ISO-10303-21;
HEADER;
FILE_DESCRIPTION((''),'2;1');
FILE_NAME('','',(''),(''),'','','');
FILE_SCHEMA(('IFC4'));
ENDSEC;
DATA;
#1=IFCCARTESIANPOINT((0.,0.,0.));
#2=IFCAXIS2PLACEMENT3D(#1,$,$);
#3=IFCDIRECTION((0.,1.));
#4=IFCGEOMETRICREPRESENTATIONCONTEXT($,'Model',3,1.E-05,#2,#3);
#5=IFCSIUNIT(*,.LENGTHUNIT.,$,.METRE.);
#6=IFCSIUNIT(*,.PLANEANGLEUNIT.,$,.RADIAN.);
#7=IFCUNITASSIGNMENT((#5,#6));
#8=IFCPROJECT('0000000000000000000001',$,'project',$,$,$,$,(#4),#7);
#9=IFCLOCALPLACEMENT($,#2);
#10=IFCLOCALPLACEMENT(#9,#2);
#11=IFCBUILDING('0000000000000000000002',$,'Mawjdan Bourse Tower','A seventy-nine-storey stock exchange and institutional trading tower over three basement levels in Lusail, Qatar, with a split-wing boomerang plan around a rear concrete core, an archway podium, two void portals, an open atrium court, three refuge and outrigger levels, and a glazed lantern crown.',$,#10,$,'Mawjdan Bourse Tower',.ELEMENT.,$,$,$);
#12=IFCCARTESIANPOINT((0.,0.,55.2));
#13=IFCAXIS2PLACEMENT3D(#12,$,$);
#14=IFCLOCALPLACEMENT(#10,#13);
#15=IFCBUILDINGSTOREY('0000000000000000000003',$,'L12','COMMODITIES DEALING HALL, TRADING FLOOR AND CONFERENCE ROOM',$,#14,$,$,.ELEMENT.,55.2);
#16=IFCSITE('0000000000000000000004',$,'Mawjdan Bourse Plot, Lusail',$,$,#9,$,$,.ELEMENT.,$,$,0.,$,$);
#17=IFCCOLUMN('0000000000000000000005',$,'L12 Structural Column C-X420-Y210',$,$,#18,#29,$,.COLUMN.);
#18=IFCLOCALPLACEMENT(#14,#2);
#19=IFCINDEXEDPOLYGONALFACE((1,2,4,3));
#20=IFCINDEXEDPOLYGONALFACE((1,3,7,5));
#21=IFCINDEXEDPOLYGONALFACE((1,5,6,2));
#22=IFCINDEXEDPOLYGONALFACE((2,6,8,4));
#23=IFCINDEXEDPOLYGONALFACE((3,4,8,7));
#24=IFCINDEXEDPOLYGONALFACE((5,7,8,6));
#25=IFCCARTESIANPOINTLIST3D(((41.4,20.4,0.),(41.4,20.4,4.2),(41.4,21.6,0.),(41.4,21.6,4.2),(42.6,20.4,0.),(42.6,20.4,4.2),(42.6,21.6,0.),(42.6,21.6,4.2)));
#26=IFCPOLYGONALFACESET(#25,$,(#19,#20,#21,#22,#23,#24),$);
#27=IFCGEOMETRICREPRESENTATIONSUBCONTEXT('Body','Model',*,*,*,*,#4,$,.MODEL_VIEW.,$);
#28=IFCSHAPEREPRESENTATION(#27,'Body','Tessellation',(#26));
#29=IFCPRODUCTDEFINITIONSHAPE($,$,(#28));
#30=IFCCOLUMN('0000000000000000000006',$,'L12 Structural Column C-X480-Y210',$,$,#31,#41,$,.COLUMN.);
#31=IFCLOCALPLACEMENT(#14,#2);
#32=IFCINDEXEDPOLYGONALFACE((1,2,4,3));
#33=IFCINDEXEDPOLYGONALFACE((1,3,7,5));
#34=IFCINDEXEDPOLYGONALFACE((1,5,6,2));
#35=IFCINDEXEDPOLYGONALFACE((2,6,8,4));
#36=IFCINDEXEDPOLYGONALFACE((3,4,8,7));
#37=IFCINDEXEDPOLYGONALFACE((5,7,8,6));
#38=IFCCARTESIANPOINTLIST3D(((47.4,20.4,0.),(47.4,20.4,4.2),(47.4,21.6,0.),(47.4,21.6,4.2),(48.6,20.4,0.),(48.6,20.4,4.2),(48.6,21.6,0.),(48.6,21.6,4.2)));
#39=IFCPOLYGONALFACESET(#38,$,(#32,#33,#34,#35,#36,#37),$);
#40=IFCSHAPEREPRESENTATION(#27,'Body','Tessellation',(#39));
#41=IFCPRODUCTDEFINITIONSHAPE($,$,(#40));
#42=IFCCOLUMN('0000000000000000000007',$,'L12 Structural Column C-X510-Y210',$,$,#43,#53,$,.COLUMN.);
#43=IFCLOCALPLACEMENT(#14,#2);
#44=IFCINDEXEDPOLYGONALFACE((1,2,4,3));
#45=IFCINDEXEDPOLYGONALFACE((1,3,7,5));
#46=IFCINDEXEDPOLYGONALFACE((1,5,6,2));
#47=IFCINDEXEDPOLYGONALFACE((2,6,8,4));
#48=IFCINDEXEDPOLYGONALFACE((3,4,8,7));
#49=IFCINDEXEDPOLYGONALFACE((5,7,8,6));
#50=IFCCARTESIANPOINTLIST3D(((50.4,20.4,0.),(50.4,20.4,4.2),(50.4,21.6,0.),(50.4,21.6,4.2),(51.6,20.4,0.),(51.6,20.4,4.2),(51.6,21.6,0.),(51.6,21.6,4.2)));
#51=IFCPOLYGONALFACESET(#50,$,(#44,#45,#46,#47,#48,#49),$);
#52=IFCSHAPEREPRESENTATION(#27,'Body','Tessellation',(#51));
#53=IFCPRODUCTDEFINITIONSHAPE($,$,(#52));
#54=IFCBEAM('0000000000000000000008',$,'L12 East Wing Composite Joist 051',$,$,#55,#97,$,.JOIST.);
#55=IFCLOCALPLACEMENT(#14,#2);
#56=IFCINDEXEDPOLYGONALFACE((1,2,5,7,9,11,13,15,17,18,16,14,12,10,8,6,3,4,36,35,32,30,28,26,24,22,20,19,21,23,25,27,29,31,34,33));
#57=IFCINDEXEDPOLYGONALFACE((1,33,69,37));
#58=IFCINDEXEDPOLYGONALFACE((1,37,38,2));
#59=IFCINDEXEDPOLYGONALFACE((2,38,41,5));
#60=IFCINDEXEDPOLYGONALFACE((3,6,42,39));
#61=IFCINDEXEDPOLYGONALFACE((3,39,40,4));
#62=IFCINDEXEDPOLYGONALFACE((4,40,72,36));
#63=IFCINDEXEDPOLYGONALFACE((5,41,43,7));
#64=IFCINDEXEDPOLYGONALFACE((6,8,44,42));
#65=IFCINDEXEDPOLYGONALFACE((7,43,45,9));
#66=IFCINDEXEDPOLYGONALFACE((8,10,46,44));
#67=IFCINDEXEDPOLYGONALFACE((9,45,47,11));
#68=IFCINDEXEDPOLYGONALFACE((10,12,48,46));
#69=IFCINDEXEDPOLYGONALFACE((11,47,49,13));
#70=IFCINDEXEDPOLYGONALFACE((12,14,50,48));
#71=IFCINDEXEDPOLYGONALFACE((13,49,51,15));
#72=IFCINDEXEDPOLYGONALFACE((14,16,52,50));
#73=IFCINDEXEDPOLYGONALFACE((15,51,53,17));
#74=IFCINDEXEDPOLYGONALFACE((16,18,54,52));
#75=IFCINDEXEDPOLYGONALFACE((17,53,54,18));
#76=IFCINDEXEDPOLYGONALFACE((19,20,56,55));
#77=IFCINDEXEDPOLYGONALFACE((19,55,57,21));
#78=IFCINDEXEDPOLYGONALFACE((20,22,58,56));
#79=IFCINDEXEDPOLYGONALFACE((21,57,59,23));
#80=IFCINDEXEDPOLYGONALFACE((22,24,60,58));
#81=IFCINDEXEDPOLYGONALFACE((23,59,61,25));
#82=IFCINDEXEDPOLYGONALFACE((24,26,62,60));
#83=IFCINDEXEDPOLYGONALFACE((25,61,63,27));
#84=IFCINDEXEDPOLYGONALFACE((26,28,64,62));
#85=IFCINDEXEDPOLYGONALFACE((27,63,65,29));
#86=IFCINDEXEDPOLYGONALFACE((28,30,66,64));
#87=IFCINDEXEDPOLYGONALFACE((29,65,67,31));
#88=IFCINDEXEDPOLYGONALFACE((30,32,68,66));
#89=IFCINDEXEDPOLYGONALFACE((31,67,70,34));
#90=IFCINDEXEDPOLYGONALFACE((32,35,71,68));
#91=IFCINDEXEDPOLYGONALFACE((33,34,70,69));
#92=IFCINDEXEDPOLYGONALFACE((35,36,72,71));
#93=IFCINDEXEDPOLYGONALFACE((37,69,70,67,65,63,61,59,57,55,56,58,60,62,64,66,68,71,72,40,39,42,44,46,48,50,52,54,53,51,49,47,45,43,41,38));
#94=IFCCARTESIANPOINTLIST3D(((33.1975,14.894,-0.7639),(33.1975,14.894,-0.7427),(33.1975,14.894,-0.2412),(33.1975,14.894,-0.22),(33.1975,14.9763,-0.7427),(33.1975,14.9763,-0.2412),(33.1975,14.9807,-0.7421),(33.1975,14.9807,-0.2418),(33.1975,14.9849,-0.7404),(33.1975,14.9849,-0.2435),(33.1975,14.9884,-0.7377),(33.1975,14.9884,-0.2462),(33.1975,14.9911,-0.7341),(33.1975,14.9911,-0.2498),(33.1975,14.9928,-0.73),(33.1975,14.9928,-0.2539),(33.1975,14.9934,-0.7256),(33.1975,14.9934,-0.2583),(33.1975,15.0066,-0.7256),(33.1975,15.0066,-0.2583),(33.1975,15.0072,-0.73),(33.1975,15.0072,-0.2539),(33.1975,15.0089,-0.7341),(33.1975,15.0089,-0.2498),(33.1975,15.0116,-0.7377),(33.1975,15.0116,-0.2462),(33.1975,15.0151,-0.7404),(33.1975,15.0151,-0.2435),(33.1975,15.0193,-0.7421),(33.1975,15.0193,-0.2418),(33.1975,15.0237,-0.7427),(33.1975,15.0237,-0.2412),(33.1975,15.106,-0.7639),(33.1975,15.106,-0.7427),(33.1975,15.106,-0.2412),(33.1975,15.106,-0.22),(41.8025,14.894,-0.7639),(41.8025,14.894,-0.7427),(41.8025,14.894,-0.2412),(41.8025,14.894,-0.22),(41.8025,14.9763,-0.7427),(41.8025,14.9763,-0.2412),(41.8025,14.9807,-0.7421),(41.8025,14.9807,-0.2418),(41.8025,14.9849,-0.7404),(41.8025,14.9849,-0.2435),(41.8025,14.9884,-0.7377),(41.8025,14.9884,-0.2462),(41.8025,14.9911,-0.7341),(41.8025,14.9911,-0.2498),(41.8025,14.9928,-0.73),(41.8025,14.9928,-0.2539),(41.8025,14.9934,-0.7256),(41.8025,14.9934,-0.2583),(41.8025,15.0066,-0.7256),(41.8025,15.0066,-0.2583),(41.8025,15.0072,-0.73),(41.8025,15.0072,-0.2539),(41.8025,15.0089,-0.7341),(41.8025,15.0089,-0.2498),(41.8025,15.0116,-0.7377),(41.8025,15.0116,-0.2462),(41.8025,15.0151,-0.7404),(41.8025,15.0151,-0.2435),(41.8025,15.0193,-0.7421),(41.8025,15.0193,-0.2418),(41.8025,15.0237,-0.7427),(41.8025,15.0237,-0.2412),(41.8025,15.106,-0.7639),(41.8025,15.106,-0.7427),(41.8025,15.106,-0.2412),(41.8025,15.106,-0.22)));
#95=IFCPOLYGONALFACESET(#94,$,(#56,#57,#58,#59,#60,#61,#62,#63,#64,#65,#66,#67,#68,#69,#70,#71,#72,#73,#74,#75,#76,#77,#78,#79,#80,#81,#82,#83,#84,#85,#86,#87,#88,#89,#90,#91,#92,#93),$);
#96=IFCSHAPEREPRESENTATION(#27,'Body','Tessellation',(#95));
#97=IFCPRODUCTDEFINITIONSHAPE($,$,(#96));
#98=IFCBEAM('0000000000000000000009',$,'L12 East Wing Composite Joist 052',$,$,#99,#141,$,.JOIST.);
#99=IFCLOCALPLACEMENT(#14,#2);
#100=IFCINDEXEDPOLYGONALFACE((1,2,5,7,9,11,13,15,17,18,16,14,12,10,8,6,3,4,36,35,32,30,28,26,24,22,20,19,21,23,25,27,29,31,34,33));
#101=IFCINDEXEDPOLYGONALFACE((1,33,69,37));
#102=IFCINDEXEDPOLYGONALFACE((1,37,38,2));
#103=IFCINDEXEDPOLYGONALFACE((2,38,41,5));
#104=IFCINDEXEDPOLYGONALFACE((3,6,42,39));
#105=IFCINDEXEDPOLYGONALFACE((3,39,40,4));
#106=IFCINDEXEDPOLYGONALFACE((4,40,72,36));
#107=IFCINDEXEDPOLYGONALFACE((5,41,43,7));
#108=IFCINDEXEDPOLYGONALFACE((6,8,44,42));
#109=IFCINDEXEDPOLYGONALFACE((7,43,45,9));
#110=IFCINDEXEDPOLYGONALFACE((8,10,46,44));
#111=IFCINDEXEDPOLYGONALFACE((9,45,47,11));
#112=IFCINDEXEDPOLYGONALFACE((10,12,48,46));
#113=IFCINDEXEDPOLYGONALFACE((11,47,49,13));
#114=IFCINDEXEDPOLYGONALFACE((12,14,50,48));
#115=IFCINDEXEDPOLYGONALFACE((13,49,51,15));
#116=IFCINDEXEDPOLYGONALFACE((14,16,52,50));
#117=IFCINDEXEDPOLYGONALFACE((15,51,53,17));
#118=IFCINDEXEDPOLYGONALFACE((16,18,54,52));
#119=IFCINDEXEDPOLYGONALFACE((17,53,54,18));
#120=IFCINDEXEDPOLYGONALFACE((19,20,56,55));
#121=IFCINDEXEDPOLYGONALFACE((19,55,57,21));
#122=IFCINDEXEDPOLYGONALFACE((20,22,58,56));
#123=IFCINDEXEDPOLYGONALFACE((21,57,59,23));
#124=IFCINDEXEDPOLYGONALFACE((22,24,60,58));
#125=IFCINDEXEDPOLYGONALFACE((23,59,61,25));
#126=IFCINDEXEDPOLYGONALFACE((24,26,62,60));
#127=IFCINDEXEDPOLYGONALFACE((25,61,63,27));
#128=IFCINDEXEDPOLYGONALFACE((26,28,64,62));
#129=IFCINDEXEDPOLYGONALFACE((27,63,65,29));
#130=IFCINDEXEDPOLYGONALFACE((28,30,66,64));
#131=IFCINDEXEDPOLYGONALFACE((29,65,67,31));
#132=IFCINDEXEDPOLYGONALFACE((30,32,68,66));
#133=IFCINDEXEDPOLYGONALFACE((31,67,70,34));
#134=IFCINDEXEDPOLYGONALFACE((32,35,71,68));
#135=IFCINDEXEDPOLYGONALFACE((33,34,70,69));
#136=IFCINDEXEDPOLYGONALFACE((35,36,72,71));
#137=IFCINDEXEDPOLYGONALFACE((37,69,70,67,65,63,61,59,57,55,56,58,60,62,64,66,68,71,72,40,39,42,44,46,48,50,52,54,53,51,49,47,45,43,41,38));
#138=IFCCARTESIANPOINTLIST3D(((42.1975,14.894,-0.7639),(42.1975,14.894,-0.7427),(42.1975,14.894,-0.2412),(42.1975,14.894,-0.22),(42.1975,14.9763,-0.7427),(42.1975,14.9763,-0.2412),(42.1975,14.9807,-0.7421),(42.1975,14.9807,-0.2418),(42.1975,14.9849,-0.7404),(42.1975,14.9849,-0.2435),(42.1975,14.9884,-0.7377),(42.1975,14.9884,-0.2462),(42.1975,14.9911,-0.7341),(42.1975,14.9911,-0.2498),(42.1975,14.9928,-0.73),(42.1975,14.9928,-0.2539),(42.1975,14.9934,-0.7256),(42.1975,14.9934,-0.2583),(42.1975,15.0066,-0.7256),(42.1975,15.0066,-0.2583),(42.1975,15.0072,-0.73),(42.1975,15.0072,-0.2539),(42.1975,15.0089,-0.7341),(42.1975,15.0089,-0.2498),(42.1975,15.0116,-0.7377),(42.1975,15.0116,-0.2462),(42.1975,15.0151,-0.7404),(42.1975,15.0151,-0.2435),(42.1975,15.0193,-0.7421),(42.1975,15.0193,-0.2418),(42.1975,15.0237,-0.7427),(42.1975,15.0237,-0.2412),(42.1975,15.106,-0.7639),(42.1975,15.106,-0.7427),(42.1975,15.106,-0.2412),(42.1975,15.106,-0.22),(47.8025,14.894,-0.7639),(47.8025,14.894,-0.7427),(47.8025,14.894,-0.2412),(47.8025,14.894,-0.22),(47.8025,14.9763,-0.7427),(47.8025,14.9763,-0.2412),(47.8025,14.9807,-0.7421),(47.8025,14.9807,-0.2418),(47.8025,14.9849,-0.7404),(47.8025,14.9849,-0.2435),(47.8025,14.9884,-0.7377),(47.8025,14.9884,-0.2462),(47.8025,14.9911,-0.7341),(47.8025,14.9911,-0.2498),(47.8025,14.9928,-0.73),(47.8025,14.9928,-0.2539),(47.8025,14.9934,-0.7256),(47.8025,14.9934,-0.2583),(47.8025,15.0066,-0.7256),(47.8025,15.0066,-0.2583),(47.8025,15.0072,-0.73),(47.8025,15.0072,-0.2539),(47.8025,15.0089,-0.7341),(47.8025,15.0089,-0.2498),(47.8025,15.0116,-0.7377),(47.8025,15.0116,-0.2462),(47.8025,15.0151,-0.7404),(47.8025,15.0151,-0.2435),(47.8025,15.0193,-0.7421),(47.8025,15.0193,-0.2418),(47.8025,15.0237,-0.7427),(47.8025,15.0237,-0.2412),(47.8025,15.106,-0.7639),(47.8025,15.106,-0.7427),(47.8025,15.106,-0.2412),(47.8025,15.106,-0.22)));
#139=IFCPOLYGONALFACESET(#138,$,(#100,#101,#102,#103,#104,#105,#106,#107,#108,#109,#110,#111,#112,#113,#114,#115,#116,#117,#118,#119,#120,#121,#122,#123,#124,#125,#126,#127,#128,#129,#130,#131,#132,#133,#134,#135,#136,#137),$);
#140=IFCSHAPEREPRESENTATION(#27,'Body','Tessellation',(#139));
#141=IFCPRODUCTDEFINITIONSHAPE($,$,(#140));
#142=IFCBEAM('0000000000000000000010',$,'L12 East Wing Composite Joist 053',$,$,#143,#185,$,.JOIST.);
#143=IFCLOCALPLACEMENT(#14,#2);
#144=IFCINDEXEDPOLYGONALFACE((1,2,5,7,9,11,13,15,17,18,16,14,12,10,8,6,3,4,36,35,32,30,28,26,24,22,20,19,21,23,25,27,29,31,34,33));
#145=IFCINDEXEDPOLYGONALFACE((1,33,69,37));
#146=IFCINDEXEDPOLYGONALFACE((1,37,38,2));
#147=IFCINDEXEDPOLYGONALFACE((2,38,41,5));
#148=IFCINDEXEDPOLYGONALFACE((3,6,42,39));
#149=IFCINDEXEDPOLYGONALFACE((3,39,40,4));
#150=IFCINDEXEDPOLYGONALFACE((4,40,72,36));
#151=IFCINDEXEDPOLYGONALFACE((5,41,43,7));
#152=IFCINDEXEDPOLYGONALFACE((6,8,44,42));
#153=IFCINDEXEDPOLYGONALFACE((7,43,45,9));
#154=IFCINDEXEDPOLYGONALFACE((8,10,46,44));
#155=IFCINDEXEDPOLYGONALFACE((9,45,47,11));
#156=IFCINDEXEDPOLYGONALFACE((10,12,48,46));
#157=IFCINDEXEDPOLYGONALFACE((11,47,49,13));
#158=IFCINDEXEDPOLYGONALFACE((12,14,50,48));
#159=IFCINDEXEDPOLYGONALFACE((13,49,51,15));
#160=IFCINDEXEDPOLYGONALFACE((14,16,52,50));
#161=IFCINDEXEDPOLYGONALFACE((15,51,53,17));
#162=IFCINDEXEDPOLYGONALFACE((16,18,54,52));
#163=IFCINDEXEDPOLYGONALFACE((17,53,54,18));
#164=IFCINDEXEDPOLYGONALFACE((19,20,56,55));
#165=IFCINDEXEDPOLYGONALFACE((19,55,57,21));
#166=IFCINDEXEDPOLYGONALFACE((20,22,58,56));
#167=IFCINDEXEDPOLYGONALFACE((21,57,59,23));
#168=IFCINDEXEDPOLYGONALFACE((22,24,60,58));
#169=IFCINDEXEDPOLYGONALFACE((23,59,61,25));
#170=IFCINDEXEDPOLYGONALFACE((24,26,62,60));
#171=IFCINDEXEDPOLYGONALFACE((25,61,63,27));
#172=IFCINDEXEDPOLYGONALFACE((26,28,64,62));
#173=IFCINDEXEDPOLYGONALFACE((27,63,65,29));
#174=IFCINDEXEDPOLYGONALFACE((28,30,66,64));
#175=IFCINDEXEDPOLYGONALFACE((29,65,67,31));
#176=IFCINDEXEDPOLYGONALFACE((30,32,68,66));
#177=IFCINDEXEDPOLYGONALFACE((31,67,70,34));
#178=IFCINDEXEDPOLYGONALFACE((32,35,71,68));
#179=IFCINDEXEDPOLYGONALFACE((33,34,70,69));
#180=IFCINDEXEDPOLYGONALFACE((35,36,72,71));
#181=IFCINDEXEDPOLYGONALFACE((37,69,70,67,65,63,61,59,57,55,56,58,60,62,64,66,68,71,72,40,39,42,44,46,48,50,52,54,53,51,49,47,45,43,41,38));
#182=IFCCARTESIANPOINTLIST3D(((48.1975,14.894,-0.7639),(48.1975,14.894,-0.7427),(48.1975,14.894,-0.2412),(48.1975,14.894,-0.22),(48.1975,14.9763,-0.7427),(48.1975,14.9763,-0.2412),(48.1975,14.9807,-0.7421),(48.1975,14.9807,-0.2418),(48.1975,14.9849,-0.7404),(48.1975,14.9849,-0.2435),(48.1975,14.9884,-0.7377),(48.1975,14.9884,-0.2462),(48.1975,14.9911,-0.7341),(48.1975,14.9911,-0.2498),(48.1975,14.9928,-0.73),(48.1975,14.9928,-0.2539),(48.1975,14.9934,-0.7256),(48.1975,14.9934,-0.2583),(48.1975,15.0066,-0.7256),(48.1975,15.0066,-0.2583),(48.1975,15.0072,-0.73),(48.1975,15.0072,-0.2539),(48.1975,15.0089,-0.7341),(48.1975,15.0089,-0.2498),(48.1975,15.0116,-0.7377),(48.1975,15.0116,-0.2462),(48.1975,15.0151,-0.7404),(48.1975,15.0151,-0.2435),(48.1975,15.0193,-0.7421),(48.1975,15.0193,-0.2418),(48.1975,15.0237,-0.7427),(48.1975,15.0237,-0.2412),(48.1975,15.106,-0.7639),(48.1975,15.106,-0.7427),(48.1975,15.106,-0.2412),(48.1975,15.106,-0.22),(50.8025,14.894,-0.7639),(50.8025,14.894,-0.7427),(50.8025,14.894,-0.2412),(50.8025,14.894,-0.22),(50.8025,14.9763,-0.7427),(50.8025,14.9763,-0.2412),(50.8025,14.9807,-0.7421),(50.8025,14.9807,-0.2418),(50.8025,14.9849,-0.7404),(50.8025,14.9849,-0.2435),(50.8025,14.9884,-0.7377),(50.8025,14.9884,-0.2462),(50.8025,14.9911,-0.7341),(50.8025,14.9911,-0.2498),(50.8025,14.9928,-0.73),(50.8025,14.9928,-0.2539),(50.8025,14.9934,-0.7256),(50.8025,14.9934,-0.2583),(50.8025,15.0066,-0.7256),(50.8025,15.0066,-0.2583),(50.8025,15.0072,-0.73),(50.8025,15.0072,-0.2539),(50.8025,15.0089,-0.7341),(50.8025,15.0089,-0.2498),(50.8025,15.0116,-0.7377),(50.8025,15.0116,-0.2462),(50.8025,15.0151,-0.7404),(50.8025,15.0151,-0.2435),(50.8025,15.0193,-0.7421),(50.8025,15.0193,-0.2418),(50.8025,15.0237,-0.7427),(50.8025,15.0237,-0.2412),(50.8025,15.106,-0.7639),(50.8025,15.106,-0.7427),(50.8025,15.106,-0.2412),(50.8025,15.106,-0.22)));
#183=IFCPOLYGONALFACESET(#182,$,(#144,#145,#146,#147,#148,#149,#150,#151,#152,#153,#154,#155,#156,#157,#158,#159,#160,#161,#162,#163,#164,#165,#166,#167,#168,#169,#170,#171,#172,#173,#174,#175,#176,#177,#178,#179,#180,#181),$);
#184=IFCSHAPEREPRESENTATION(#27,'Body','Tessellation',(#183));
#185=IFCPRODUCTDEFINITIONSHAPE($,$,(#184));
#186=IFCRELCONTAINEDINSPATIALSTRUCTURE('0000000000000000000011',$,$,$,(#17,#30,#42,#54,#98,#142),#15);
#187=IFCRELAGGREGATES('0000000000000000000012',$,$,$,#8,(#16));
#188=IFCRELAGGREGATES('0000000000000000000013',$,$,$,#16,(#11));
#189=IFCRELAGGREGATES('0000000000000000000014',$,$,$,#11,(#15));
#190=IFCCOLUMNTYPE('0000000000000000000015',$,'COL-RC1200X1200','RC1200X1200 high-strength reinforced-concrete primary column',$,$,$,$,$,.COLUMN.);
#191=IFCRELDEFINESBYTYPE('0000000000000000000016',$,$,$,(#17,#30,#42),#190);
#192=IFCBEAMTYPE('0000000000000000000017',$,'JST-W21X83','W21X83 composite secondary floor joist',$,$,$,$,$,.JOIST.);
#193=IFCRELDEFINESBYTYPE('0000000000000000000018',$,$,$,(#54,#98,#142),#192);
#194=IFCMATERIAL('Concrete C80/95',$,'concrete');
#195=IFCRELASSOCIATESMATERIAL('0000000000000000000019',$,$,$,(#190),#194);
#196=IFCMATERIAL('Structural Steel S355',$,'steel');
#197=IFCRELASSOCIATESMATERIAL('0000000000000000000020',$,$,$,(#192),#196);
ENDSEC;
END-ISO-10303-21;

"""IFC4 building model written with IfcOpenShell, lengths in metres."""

from ifc_helpers import new_model, si_unit, direction, frame, origin, origin_2d, place, context, subcontext, project, spatial, rectangle, i_section, extrude, material, material_profile, profile_set, type_object, element, save


model = new_model("IFC4")

# Units and contexts
model_context = context("Model", 3, precision=1e-05, world=origin(), true_north=direction((0.0, 1.0)))
body_context = subcontext(model_context, "Body", "Model", "MODEL_VIEW")
ifc_project = project(units=[si_unit("LENGTHUNIT", "METRE"), si_unit("PLANEANGLEUNIT", "RADIAN")], contexts=[model_context])

# Site, building, storey
site_placement = place(None, origin())
site = spatial("IfcSite", under=ifc_project, at=site_placement, Name="Mawjdan Bourse Plot, Lusail", CompositionType="ELEMENT", RefElevation=0.0)
building_placement = place(site_placement, origin())
building = spatial("IfcBuilding", under=site, at=building_placement, Name="Mawjdan Bourse Tower", Description="A seventy-nine-storey stock exchange and institutional trading tower over three basement levels in Lusail, Qatar, with a split-wing boomerang plan around a rear concrete core, an archway podium, two void portals, an open atrium court, three refuge and outrigger levels, and a glazed lantern crown.", LongName="Mawjdan Bourse Tower", CompositionType="ELEMENT")
storey_placement = place(building_placement, frame((0.0, 0.0, 55.2)))
storey = spatial("IfcBuildingStorey", under=building, at=storey_placement, Name="L12", Description="COMMODITIES DEALING HALL, TRADING FLOOR AND CONFERENCE ROOM", CompositionType="ELEMENT", Elevation=55.2)

# Columns
ifc_material_1 = material(Name="Concrete C80/95", Category="concrete")
ifc_material_profile_1 = material_profile(ifc_material_1, rectangle(XDim=1.2, YDim=1.2, at=origin_2d()), Name="RC1200X1200")
ifc_profile_set_1 = profile_set([ifc_material_profile_1], Name="Concrete C80/95")
column_type = type_object("IfcColumnType", Name="COL-RC1200X1200", Description="RC1200X1200 high-strength reinforced-concrete primary column", PredefinedType="COLUMN", material=ifc_profile_set_1)
for number, where, z_axis, x_axis, name in (
    (1, (42.0, 21.0, 0.0), (0.0, 0.0, 1.0), (1.0, 0.0, 0.0), "L12 Structural Column C-X420-Y210"),
    (2, (48.0, 21.0, 0.0), (0.0, 0.0, 1.0), (1.0, 0.0, 0.0), "L12 Structural Column C-X480-Y210"),
    (3, (51.0, 21.0, 0.0), (0.0, 0.0, 1.0), (1.0, 0.0, 0.0), "L12 Structural Column C-X510-Y210"),
):
    element("IfcColumn", number, at=place(storey_placement, frame(where, z_axis=z_axis, x_axis=x_axis)), inside=storey, type_object=column_type, Name=name, PredefinedType="COLUMN", context=body_context, shape_type="SweptSolid", body=[
        extrude(rectangle(XDim=1.2, YDim=1.2, at=origin_2d()), origin(), (0.0, 0.0, 1.0), 4.2),
    ])

# Beams
ifc_material_2 = material(Name="Structural Steel S355", Category="steel")
ifc_material_profile_2 = material_profile(ifc_material_2, i_section(OverallWidth=0.2119, OverallDepth=0.5439, WebThickness=0.0132, FlangeThickness=0.0212, FilletRadius=0.0171, at=origin_2d()), Name="W21X83")
ifc_profile_set_2 = profile_set([ifc_material_profile_2], Name="Structural Steel S355")
beam_type_1 = type_object("IfcBeamType", Name="JST-W21X83", Description="W21X83 composite secondary floor joist", PredefinedType="JOIST", material=ifc_profile_set_2)
beam_1_placement = place(storey_placement, frame((33.1975, 15.0, -0.4919), z_axis=(1.0, 0.0, 0.0), x_axis=(0.0, 1.0, 0.0)))
element("IfcBeam", 4, at=beam_1_placement, inside=storey, type_object=beam_type_1, Name="L12 East Wing Composite Joist 051", PredefinedType="JOIST", context=body_context, shape_type="SweptSolid", body=[
    extrude(i_section(OverallWidth=0.2119, OverallDepth=0.5439, WebThickness=0.0132, FlangeThickness=0.0212, FilletRadius=0.0171, at=origin_2d()), origin(), (0.0, 0.0, 1.0), 8.605),
])
beam_2_placement = place(storey_placement, frame((42.1975, 15.0, -0.4919), z_axis=(1.0, 0.0, 0.0), x_axis=(0.0, 1.0, 0.0)))
element("IfcBeam", 5, at=beam_2_placement, inside=storey, type_object=beam_type_1, Name="L12 East Wing Composite Joist 052", PredefinedType="JOIST", context=body_context, shape_type="SweptSolid", body=[
    extrude(i_section(OverallWidth=0.2119, OverallDepth=0.5439, WebThickness=0.0132, FlangeThickness=0.0212, FilletRadius=0.0171, at=origin_2d()), origin(), (0.0, 0.0, 1.0), 5.605),
])
for number, where, z_axis, x_axis, name in (
    (6, (48.1975, 15.0, -0.4919), (1.0, 0.0, 0.0), (0.0, 1.0, 0.0), "L12 East Wing Composite Joist 053"),
):
    element("IfcBeam", number, at=place(storey_placement, frame(where, z_axis=z_axis, x_axis=x_axis)), inside=storey, type_object=beam_type_1, Name=name, PredefinedType="JOIST", context=body_context, shape_type="SweptSolid", body=[
        extrude(i_section(OverallWidth=0.2119, OverallDepth=0.5439, WebThickness=0.0132, FlangeThickness=0.0212, FilletRadius=0.0171, at=origin_2d()), origin(), (0.0, 0.0, 1.0), 2.605),
    ])

save(model, "model.ifc")
